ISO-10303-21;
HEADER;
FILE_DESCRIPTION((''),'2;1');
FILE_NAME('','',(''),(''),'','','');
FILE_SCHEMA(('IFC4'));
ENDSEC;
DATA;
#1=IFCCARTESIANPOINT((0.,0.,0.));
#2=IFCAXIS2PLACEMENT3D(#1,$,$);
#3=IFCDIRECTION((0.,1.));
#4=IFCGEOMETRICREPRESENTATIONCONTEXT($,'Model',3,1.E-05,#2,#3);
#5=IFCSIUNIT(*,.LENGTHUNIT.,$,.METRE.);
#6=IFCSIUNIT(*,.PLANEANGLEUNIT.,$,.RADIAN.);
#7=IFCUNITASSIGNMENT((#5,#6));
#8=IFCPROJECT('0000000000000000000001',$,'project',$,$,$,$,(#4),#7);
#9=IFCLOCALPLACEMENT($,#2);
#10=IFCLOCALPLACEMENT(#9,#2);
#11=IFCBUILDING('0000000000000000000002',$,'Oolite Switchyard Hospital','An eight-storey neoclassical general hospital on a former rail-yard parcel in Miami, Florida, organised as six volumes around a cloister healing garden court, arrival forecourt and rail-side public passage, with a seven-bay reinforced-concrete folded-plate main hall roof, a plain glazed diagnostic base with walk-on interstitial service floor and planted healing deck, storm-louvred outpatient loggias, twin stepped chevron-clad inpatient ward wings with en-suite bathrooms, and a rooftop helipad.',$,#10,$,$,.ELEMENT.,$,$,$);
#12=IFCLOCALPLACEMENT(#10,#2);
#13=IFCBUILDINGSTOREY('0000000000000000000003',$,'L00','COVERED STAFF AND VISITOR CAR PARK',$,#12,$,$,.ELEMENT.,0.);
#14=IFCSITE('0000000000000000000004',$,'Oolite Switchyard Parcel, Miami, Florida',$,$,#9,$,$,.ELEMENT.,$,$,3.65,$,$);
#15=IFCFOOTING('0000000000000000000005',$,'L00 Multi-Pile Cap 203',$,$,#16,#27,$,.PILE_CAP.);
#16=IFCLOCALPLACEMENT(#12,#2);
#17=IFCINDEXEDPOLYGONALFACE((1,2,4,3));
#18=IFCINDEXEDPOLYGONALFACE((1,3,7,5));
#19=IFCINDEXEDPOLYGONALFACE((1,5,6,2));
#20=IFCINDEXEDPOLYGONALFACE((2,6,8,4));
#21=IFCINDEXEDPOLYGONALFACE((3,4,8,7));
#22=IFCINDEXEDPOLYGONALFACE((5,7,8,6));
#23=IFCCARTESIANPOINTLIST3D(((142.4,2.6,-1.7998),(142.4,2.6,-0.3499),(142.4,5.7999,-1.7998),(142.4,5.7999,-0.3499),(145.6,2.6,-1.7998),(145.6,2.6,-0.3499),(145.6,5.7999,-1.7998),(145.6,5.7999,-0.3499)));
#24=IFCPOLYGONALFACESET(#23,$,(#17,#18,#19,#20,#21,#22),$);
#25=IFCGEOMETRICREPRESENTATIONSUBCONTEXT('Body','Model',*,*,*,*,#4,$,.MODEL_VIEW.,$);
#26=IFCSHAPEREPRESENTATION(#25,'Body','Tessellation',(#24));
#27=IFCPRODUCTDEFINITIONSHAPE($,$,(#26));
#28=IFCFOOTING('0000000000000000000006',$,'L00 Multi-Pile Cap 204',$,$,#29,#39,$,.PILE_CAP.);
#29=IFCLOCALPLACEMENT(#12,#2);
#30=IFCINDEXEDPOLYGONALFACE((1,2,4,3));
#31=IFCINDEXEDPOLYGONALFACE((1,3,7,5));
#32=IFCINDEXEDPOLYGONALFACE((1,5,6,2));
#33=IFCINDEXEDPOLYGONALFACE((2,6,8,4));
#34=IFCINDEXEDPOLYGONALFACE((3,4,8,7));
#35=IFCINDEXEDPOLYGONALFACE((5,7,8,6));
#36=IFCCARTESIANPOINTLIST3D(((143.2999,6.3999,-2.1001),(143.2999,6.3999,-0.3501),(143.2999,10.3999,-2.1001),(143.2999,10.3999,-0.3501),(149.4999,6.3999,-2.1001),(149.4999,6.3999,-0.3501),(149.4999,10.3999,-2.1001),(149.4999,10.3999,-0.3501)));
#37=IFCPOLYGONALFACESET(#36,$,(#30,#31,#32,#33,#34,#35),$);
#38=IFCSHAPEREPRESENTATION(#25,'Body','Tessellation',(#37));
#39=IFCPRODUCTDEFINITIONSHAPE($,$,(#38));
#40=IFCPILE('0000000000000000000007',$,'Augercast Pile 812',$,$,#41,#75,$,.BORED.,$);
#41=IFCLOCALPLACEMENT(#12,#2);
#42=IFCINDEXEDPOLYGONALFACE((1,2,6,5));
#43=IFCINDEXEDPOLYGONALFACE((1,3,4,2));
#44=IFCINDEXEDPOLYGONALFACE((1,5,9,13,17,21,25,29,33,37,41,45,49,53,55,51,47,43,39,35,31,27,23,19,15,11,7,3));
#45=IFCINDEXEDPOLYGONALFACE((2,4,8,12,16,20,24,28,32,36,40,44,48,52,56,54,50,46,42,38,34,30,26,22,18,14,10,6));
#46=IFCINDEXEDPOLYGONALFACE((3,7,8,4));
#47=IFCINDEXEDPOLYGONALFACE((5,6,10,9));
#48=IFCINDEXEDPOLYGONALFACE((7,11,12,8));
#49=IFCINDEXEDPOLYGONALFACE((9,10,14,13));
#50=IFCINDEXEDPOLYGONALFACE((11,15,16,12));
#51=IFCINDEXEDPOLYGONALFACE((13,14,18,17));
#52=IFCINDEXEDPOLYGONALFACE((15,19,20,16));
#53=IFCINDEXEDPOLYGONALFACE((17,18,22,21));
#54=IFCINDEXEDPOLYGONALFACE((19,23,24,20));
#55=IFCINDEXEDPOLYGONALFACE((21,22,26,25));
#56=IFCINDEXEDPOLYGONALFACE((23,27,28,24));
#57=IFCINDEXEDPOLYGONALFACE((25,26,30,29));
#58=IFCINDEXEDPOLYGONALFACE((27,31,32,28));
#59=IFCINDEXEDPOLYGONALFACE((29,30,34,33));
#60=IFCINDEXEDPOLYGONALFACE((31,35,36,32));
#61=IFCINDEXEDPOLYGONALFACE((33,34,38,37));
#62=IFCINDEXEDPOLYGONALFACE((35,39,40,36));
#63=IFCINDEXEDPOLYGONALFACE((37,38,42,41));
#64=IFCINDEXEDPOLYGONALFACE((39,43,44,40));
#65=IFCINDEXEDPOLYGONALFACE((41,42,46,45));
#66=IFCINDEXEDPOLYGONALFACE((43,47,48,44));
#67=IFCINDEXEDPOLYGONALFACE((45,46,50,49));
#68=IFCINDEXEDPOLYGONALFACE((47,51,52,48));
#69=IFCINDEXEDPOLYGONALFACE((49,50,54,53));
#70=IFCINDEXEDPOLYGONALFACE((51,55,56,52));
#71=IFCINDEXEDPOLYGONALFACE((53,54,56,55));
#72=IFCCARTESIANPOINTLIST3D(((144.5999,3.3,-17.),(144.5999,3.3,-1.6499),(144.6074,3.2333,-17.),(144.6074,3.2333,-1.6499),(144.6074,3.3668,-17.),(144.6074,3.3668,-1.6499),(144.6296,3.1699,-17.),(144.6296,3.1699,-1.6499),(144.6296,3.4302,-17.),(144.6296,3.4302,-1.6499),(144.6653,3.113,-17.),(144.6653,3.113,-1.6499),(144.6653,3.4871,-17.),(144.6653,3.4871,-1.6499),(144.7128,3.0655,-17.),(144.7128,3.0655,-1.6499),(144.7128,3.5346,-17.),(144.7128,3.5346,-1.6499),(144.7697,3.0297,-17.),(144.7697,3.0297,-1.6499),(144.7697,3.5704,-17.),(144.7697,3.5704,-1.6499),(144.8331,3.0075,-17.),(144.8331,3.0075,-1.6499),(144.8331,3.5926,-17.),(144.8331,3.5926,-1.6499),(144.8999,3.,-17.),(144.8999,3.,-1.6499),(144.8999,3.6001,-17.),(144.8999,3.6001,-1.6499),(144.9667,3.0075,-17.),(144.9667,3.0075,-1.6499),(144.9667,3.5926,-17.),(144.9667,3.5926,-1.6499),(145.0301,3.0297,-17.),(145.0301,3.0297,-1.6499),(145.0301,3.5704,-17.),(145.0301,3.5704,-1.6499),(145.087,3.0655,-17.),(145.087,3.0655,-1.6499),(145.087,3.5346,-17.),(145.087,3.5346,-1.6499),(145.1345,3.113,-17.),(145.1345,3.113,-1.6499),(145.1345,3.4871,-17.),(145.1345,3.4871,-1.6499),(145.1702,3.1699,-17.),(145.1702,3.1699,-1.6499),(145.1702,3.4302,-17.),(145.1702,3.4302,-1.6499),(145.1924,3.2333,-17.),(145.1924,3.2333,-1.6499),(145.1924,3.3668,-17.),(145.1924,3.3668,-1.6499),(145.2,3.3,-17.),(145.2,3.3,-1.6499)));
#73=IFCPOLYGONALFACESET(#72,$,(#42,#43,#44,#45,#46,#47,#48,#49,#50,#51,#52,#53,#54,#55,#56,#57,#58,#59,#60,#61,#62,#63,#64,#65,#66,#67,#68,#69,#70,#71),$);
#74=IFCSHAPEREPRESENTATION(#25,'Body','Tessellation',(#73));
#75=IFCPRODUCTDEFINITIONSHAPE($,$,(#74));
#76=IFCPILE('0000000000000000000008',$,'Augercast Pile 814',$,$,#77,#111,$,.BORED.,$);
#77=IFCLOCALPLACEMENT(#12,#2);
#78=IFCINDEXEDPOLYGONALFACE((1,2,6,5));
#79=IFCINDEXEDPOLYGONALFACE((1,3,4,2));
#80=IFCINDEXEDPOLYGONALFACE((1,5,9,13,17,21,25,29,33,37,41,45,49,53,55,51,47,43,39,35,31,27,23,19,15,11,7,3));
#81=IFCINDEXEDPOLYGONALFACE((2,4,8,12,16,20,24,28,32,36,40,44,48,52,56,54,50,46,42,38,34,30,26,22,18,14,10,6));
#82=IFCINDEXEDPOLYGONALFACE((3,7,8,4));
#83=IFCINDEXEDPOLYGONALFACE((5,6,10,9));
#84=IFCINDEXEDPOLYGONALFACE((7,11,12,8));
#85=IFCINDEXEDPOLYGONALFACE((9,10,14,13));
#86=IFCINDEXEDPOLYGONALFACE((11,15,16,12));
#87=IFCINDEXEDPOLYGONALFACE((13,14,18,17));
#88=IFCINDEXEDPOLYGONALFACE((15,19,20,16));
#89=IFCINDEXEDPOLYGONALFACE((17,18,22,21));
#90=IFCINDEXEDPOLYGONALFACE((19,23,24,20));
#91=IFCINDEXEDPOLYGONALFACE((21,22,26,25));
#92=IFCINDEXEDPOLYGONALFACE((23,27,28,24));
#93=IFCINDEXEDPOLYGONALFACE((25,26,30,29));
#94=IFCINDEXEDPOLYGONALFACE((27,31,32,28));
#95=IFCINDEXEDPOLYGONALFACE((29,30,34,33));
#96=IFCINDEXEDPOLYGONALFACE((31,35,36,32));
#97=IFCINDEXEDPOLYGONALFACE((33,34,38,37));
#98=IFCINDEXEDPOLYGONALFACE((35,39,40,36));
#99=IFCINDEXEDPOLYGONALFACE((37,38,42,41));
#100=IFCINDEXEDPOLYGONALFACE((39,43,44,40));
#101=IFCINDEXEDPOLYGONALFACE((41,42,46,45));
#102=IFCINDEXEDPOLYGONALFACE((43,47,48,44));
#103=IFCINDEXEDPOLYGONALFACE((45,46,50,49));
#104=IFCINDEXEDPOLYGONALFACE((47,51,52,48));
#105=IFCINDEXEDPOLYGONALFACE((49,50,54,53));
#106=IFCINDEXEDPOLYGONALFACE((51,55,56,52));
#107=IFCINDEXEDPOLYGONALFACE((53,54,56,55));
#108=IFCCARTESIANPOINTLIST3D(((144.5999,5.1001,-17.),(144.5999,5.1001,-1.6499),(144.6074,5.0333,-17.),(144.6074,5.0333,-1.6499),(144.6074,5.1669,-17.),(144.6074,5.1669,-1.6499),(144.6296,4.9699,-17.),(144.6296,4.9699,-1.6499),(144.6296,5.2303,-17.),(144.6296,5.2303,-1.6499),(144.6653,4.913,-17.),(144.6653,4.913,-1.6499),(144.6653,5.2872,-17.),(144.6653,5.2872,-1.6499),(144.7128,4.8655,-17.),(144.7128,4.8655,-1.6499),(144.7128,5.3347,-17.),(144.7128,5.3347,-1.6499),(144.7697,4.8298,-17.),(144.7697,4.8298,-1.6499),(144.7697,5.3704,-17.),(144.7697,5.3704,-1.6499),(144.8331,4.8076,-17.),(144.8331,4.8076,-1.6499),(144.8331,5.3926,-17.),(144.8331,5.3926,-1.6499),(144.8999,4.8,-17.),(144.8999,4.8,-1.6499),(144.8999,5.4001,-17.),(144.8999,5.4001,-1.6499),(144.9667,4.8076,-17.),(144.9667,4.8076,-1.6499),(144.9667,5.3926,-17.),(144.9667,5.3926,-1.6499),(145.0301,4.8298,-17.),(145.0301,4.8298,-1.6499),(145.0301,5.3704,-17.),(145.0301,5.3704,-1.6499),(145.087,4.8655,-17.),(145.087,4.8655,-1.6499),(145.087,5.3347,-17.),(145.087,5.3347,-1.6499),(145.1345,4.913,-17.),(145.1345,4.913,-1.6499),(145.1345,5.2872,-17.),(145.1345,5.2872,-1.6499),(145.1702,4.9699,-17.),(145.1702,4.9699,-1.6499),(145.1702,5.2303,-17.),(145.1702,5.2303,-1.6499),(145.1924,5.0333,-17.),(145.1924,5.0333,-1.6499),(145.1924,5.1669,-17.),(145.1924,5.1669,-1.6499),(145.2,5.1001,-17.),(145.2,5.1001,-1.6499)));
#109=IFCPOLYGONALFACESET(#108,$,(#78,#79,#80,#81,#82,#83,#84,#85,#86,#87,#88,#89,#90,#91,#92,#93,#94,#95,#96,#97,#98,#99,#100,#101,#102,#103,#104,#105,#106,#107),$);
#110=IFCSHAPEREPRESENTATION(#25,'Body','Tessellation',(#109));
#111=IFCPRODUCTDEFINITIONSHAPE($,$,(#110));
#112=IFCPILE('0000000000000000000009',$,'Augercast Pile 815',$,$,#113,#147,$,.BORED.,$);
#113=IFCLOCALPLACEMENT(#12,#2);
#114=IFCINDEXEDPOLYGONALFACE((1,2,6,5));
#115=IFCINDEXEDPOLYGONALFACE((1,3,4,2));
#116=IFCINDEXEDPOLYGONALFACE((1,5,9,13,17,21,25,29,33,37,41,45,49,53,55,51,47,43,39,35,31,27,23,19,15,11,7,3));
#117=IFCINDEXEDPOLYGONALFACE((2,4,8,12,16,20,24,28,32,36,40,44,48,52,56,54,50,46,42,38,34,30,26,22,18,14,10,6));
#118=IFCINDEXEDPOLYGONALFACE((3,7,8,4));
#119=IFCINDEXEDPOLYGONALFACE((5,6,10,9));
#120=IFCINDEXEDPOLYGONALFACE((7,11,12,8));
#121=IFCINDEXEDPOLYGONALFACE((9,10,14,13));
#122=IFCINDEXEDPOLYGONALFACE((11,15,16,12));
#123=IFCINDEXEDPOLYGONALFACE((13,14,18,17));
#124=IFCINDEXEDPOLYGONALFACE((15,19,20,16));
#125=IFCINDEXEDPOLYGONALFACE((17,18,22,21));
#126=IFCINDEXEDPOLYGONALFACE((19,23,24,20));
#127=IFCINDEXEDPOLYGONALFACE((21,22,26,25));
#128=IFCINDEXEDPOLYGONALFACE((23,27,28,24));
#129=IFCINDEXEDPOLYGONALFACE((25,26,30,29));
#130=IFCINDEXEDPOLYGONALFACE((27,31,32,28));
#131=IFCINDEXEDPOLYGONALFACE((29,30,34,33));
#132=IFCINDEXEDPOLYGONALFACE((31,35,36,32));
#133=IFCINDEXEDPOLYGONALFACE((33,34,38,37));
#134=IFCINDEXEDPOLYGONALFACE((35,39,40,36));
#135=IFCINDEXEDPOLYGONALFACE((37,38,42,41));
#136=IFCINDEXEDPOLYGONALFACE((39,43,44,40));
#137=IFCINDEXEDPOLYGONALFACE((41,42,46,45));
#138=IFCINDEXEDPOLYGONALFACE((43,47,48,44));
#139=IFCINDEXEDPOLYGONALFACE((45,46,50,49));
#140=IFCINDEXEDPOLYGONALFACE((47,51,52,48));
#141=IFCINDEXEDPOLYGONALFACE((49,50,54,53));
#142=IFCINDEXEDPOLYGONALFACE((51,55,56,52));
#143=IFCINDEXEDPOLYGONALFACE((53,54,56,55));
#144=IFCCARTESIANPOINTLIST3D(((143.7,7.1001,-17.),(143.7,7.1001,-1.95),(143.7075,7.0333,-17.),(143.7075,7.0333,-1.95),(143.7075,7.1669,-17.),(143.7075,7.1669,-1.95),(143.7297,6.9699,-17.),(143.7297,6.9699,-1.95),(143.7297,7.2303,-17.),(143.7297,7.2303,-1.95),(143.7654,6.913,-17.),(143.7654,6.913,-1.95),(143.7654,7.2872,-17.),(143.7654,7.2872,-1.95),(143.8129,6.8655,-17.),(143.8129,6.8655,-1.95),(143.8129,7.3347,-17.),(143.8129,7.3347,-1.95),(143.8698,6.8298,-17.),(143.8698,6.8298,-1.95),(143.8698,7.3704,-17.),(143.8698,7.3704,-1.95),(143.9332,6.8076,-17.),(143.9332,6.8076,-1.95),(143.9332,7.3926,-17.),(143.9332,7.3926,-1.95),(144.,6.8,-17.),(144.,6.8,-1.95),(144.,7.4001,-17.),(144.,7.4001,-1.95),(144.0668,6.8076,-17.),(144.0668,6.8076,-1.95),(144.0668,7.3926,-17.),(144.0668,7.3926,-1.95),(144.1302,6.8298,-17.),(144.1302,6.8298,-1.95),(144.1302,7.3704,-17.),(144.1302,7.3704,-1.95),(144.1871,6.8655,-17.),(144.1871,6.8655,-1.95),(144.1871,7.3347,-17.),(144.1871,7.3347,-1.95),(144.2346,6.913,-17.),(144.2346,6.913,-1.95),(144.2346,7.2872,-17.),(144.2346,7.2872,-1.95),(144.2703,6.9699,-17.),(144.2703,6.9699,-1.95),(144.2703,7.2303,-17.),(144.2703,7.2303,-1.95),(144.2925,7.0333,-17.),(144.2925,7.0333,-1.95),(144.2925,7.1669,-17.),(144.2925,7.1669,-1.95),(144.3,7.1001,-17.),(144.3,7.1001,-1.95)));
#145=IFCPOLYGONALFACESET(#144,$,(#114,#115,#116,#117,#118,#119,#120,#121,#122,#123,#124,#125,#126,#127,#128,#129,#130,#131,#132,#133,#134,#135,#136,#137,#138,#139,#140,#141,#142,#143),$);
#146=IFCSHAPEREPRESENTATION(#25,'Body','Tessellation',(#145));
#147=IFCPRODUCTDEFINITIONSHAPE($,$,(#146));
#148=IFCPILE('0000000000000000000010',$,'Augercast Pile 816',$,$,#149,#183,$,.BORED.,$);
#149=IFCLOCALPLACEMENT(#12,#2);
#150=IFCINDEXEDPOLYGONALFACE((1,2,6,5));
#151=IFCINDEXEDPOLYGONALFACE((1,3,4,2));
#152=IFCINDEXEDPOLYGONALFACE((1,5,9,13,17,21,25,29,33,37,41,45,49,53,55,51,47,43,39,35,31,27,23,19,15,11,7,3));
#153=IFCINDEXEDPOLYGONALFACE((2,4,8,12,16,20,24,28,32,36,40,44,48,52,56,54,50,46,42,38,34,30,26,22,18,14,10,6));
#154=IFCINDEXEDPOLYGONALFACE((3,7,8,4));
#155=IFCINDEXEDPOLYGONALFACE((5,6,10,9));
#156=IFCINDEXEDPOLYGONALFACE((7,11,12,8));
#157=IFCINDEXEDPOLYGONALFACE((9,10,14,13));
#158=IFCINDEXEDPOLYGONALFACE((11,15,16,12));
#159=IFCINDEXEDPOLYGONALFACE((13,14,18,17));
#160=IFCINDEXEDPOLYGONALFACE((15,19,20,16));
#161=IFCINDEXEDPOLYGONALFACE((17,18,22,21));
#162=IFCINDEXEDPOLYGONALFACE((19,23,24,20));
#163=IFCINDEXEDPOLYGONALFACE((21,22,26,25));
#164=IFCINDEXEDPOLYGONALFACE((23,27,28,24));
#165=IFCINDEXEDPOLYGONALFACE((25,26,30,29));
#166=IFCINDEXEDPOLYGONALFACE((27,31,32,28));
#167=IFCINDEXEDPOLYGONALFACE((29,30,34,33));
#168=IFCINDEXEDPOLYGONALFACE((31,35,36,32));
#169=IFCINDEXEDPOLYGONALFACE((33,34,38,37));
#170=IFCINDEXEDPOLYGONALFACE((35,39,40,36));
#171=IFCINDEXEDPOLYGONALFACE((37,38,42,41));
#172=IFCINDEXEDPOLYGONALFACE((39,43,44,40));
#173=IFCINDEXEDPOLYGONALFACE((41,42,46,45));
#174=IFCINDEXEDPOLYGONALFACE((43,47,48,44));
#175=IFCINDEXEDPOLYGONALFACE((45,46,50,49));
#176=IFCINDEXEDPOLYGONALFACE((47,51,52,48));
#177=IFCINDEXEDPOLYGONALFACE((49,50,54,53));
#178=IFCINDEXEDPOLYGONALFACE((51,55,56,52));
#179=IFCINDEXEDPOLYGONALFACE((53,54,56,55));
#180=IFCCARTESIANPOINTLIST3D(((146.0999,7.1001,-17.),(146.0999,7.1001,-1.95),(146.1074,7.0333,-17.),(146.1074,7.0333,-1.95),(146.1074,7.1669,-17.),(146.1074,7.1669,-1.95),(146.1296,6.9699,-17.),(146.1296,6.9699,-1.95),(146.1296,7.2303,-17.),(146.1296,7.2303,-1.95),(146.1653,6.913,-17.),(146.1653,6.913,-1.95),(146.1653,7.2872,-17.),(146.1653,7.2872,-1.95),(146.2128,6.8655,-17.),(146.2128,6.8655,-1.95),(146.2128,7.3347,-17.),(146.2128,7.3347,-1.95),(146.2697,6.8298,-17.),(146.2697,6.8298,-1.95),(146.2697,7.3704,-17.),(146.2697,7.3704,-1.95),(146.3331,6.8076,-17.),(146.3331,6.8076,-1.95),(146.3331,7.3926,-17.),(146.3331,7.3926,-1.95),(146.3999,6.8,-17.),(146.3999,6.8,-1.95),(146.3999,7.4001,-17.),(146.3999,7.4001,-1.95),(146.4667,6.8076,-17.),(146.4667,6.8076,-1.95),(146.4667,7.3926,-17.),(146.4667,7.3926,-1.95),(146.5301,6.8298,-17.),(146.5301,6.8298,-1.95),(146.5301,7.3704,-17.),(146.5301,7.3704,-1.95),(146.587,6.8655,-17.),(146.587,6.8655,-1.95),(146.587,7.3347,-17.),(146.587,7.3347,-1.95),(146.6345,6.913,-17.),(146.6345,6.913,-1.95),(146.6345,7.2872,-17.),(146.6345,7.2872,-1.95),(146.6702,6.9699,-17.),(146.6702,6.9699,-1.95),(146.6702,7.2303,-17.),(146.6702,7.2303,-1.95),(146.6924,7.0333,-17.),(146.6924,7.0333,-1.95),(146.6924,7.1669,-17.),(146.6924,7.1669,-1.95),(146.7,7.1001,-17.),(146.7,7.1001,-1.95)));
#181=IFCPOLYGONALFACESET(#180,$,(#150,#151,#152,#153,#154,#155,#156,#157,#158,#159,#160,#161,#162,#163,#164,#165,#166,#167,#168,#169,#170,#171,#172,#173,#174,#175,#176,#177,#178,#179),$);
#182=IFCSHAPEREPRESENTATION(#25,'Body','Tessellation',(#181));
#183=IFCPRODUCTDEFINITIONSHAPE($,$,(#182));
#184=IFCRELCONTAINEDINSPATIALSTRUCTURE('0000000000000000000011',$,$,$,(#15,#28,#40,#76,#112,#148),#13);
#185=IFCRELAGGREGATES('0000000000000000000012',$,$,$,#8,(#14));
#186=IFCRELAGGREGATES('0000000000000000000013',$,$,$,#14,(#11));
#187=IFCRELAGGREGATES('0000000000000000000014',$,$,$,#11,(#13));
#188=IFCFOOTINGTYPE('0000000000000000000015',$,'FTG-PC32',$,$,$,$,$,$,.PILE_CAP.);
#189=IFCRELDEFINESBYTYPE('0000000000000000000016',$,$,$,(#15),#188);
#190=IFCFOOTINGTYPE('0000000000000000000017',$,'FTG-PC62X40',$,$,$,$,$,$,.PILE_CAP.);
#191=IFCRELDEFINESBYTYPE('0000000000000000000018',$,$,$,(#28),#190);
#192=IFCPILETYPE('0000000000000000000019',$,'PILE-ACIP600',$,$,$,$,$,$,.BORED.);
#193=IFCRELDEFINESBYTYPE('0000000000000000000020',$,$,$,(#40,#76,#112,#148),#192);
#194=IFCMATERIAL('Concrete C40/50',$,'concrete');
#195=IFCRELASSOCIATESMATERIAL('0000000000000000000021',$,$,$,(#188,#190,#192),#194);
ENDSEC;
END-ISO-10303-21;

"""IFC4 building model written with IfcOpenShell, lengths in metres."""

from ifc_helpers import new_model, si_unit, direction, frame, origin, origin_2d, place, context, subcontext, project, spatial, rectangle, circle, extrude, material, material_profile, profile_set, type_object, element, save


model = new_model("IFC4")

# Units and contexts
model_context = context("Model", 3, precision=1e-05, world=origin(), true_north=direction((0.0, 1.0)))
body_context = subcontext(model_context, "Body", "Model", "MODEL_VIEW")
ifc_project = project(units=[si_unit("LENGTHUNIT", "METRE"), si_unit("PLANEANGLEUNIT", "RADIAN")], contexts=[model_context])

# Site, building, storey
site_placement = place(None, origin())
site = spatial("IfcSite", under=ifc_project, at=site_placement, Name="Oolite Switchyard Parcel, Miami, Florida", CompositionType="ELEMENT", RefElevation=3.65)
building_placement = place(site_placement, origin())
building = spatial("IfcBuilding", under=site, at=building_placement, Name="Oolite Switchyard Hospital", Description="An eight-storey neoclassical general hospital on a former rail-yard parcel in Miami, Florida, organised as six volumes around a cloister healing garden court, arrival forecourt and rail-side public passage, with a seven-bay reinforced-concrete folded-plate main hall roof, a plain glazed diagnostic base with walk-on interstitial service floor and planted healing deck, storm-louvred outpatient loggias, twin stepped chevron-clad inpatient ward wings with en-suite bathrooms, and a rooftop helipad.", CompositionType="ELEMENT")
storey_placement = place(building_placement, origin())
storey = spatial("IfcBuildingStorey", under=building, at=storey_placement, Name="L00", Description="COVERED STAFF AND VISITOR CAR PARK", CompositionType="ELEMENT", Elevation=0.0)

# Footings
ifc_material_1 = material(Name="Concrete C40/50", Category="concrete")
footing_type_1 = type_object("IfcFootingType", Name="FTG-PC32", PredefinedType="PILE_CAP", material=ifc_material_1)
footing_1_placement = place(storey_placement, frame((144.0, 4.2, -1.7998), z_axis=(0.0, 0.0, 1.0), x_axis=(1.0, 0.0, 0.0)))
element("IfcFooting", 1, at=footing_1_placement, inside=storey, type_object=footing_type_1, Name="L00 Multi-Pile Cap 203", PredefinedType="PILE_CAP", context=body_context, shape_type="SweptSolid", body=[
    extrude(rectangle(XDim=3.2, YDim=3.2, at=origin_2d()), origin(), (0.0, 0.0, 1.0), 1.45),
])
footing_type_2 = type_object("IfcFootingType", Name="FTG-PC62X40", PredefinedType="PILE_CAP", material=ifc_material_1)
footing_2_placement = place(storey_placement, frame((146.3999, 8.3999, -2.1001), z_axis=(0.0, 0.0, 1.0), x_axis=(1.0, 0.0, 0.0)))
element("IfcFooting", 2, at=footing_2_placement, inside=storey, type_object=footing_type_2, Name="L00 Multi-Pile Cap 204", PredefinedType="PILE_CAP", context=body_context, shape_type="SweptSolid", body=[
    extrude(rectangle(XDim=6.2, YDim=4.0, at=origin_2d()), origin(), (0.0, 0.0, 1.0), 1.75),
])

# Piles
ifc_material_profile_1 = material_profile(ifc_material_1, circle(Radius=0.3, at=origin_2d()), Name="PILE600")
ifc_profile_set_1 = profile_set([ifc_material_profile_1], Name="Concrete C40/50")
pile_type = type_object("IfcPileType", Name="PILE-ACIP600", PredefinedType="BORED", material=ifc_profile_set_1)
for number, where, z_axis, x_axis, name in (
    (3, (144.8999, 3.3, -1.6499), (0.0, 0.0, -1.0), (1.0, 0.0, 0.0), "Augercast Pile 812"),
    (4, (144.8999, 5.1001, -1.6499), (0.0, 0.0, -1.0), (1.0, 0.0, 0.0), "Augercast Pile 814"),
):
    element("IfcPile", number, at=place(storey_placement, frame(where, z_axis=z_axis, x_axis=x_axis)), inside=storey, type_object=pile_type, Name=name, PredefinedType="BORED", context=body_context, shape_type="SweptSolid", body=[
        extrude(circle(Radius=0.3, at=origin_2d()), origin(), (0.0, 0.0, 1.0), 15.3501),
    ])
for number, where, z_axis, x_axis, name in (
    (5, (144.0, 7.1001, -1.95), (0.0, 0.0, -1.0), (1.0, 0.0, 0.0), "Augercast Pile 815"),
    (6, (146.3999, 7.1001, -1.95), (0.0, 0.0, -1.0), (1.0, 0.0, 0.0), "Augercast Pile 816"),
):
    element("IfcPile", number, at=place(storey_placement, frame(where, z_axis=z_axis, x_axis=x_axis)), inside=storey, type_object=pile_type, Name=name, PredefinedType="BORED", context=body_context, shape_type="SweptSolid", body=[
        extrude(circle(Radius=0.3, at=origin_2d()), origin(), (0.0, 0.0, 1.0), 15.05),
    ])

save(model, "model.ifc")
